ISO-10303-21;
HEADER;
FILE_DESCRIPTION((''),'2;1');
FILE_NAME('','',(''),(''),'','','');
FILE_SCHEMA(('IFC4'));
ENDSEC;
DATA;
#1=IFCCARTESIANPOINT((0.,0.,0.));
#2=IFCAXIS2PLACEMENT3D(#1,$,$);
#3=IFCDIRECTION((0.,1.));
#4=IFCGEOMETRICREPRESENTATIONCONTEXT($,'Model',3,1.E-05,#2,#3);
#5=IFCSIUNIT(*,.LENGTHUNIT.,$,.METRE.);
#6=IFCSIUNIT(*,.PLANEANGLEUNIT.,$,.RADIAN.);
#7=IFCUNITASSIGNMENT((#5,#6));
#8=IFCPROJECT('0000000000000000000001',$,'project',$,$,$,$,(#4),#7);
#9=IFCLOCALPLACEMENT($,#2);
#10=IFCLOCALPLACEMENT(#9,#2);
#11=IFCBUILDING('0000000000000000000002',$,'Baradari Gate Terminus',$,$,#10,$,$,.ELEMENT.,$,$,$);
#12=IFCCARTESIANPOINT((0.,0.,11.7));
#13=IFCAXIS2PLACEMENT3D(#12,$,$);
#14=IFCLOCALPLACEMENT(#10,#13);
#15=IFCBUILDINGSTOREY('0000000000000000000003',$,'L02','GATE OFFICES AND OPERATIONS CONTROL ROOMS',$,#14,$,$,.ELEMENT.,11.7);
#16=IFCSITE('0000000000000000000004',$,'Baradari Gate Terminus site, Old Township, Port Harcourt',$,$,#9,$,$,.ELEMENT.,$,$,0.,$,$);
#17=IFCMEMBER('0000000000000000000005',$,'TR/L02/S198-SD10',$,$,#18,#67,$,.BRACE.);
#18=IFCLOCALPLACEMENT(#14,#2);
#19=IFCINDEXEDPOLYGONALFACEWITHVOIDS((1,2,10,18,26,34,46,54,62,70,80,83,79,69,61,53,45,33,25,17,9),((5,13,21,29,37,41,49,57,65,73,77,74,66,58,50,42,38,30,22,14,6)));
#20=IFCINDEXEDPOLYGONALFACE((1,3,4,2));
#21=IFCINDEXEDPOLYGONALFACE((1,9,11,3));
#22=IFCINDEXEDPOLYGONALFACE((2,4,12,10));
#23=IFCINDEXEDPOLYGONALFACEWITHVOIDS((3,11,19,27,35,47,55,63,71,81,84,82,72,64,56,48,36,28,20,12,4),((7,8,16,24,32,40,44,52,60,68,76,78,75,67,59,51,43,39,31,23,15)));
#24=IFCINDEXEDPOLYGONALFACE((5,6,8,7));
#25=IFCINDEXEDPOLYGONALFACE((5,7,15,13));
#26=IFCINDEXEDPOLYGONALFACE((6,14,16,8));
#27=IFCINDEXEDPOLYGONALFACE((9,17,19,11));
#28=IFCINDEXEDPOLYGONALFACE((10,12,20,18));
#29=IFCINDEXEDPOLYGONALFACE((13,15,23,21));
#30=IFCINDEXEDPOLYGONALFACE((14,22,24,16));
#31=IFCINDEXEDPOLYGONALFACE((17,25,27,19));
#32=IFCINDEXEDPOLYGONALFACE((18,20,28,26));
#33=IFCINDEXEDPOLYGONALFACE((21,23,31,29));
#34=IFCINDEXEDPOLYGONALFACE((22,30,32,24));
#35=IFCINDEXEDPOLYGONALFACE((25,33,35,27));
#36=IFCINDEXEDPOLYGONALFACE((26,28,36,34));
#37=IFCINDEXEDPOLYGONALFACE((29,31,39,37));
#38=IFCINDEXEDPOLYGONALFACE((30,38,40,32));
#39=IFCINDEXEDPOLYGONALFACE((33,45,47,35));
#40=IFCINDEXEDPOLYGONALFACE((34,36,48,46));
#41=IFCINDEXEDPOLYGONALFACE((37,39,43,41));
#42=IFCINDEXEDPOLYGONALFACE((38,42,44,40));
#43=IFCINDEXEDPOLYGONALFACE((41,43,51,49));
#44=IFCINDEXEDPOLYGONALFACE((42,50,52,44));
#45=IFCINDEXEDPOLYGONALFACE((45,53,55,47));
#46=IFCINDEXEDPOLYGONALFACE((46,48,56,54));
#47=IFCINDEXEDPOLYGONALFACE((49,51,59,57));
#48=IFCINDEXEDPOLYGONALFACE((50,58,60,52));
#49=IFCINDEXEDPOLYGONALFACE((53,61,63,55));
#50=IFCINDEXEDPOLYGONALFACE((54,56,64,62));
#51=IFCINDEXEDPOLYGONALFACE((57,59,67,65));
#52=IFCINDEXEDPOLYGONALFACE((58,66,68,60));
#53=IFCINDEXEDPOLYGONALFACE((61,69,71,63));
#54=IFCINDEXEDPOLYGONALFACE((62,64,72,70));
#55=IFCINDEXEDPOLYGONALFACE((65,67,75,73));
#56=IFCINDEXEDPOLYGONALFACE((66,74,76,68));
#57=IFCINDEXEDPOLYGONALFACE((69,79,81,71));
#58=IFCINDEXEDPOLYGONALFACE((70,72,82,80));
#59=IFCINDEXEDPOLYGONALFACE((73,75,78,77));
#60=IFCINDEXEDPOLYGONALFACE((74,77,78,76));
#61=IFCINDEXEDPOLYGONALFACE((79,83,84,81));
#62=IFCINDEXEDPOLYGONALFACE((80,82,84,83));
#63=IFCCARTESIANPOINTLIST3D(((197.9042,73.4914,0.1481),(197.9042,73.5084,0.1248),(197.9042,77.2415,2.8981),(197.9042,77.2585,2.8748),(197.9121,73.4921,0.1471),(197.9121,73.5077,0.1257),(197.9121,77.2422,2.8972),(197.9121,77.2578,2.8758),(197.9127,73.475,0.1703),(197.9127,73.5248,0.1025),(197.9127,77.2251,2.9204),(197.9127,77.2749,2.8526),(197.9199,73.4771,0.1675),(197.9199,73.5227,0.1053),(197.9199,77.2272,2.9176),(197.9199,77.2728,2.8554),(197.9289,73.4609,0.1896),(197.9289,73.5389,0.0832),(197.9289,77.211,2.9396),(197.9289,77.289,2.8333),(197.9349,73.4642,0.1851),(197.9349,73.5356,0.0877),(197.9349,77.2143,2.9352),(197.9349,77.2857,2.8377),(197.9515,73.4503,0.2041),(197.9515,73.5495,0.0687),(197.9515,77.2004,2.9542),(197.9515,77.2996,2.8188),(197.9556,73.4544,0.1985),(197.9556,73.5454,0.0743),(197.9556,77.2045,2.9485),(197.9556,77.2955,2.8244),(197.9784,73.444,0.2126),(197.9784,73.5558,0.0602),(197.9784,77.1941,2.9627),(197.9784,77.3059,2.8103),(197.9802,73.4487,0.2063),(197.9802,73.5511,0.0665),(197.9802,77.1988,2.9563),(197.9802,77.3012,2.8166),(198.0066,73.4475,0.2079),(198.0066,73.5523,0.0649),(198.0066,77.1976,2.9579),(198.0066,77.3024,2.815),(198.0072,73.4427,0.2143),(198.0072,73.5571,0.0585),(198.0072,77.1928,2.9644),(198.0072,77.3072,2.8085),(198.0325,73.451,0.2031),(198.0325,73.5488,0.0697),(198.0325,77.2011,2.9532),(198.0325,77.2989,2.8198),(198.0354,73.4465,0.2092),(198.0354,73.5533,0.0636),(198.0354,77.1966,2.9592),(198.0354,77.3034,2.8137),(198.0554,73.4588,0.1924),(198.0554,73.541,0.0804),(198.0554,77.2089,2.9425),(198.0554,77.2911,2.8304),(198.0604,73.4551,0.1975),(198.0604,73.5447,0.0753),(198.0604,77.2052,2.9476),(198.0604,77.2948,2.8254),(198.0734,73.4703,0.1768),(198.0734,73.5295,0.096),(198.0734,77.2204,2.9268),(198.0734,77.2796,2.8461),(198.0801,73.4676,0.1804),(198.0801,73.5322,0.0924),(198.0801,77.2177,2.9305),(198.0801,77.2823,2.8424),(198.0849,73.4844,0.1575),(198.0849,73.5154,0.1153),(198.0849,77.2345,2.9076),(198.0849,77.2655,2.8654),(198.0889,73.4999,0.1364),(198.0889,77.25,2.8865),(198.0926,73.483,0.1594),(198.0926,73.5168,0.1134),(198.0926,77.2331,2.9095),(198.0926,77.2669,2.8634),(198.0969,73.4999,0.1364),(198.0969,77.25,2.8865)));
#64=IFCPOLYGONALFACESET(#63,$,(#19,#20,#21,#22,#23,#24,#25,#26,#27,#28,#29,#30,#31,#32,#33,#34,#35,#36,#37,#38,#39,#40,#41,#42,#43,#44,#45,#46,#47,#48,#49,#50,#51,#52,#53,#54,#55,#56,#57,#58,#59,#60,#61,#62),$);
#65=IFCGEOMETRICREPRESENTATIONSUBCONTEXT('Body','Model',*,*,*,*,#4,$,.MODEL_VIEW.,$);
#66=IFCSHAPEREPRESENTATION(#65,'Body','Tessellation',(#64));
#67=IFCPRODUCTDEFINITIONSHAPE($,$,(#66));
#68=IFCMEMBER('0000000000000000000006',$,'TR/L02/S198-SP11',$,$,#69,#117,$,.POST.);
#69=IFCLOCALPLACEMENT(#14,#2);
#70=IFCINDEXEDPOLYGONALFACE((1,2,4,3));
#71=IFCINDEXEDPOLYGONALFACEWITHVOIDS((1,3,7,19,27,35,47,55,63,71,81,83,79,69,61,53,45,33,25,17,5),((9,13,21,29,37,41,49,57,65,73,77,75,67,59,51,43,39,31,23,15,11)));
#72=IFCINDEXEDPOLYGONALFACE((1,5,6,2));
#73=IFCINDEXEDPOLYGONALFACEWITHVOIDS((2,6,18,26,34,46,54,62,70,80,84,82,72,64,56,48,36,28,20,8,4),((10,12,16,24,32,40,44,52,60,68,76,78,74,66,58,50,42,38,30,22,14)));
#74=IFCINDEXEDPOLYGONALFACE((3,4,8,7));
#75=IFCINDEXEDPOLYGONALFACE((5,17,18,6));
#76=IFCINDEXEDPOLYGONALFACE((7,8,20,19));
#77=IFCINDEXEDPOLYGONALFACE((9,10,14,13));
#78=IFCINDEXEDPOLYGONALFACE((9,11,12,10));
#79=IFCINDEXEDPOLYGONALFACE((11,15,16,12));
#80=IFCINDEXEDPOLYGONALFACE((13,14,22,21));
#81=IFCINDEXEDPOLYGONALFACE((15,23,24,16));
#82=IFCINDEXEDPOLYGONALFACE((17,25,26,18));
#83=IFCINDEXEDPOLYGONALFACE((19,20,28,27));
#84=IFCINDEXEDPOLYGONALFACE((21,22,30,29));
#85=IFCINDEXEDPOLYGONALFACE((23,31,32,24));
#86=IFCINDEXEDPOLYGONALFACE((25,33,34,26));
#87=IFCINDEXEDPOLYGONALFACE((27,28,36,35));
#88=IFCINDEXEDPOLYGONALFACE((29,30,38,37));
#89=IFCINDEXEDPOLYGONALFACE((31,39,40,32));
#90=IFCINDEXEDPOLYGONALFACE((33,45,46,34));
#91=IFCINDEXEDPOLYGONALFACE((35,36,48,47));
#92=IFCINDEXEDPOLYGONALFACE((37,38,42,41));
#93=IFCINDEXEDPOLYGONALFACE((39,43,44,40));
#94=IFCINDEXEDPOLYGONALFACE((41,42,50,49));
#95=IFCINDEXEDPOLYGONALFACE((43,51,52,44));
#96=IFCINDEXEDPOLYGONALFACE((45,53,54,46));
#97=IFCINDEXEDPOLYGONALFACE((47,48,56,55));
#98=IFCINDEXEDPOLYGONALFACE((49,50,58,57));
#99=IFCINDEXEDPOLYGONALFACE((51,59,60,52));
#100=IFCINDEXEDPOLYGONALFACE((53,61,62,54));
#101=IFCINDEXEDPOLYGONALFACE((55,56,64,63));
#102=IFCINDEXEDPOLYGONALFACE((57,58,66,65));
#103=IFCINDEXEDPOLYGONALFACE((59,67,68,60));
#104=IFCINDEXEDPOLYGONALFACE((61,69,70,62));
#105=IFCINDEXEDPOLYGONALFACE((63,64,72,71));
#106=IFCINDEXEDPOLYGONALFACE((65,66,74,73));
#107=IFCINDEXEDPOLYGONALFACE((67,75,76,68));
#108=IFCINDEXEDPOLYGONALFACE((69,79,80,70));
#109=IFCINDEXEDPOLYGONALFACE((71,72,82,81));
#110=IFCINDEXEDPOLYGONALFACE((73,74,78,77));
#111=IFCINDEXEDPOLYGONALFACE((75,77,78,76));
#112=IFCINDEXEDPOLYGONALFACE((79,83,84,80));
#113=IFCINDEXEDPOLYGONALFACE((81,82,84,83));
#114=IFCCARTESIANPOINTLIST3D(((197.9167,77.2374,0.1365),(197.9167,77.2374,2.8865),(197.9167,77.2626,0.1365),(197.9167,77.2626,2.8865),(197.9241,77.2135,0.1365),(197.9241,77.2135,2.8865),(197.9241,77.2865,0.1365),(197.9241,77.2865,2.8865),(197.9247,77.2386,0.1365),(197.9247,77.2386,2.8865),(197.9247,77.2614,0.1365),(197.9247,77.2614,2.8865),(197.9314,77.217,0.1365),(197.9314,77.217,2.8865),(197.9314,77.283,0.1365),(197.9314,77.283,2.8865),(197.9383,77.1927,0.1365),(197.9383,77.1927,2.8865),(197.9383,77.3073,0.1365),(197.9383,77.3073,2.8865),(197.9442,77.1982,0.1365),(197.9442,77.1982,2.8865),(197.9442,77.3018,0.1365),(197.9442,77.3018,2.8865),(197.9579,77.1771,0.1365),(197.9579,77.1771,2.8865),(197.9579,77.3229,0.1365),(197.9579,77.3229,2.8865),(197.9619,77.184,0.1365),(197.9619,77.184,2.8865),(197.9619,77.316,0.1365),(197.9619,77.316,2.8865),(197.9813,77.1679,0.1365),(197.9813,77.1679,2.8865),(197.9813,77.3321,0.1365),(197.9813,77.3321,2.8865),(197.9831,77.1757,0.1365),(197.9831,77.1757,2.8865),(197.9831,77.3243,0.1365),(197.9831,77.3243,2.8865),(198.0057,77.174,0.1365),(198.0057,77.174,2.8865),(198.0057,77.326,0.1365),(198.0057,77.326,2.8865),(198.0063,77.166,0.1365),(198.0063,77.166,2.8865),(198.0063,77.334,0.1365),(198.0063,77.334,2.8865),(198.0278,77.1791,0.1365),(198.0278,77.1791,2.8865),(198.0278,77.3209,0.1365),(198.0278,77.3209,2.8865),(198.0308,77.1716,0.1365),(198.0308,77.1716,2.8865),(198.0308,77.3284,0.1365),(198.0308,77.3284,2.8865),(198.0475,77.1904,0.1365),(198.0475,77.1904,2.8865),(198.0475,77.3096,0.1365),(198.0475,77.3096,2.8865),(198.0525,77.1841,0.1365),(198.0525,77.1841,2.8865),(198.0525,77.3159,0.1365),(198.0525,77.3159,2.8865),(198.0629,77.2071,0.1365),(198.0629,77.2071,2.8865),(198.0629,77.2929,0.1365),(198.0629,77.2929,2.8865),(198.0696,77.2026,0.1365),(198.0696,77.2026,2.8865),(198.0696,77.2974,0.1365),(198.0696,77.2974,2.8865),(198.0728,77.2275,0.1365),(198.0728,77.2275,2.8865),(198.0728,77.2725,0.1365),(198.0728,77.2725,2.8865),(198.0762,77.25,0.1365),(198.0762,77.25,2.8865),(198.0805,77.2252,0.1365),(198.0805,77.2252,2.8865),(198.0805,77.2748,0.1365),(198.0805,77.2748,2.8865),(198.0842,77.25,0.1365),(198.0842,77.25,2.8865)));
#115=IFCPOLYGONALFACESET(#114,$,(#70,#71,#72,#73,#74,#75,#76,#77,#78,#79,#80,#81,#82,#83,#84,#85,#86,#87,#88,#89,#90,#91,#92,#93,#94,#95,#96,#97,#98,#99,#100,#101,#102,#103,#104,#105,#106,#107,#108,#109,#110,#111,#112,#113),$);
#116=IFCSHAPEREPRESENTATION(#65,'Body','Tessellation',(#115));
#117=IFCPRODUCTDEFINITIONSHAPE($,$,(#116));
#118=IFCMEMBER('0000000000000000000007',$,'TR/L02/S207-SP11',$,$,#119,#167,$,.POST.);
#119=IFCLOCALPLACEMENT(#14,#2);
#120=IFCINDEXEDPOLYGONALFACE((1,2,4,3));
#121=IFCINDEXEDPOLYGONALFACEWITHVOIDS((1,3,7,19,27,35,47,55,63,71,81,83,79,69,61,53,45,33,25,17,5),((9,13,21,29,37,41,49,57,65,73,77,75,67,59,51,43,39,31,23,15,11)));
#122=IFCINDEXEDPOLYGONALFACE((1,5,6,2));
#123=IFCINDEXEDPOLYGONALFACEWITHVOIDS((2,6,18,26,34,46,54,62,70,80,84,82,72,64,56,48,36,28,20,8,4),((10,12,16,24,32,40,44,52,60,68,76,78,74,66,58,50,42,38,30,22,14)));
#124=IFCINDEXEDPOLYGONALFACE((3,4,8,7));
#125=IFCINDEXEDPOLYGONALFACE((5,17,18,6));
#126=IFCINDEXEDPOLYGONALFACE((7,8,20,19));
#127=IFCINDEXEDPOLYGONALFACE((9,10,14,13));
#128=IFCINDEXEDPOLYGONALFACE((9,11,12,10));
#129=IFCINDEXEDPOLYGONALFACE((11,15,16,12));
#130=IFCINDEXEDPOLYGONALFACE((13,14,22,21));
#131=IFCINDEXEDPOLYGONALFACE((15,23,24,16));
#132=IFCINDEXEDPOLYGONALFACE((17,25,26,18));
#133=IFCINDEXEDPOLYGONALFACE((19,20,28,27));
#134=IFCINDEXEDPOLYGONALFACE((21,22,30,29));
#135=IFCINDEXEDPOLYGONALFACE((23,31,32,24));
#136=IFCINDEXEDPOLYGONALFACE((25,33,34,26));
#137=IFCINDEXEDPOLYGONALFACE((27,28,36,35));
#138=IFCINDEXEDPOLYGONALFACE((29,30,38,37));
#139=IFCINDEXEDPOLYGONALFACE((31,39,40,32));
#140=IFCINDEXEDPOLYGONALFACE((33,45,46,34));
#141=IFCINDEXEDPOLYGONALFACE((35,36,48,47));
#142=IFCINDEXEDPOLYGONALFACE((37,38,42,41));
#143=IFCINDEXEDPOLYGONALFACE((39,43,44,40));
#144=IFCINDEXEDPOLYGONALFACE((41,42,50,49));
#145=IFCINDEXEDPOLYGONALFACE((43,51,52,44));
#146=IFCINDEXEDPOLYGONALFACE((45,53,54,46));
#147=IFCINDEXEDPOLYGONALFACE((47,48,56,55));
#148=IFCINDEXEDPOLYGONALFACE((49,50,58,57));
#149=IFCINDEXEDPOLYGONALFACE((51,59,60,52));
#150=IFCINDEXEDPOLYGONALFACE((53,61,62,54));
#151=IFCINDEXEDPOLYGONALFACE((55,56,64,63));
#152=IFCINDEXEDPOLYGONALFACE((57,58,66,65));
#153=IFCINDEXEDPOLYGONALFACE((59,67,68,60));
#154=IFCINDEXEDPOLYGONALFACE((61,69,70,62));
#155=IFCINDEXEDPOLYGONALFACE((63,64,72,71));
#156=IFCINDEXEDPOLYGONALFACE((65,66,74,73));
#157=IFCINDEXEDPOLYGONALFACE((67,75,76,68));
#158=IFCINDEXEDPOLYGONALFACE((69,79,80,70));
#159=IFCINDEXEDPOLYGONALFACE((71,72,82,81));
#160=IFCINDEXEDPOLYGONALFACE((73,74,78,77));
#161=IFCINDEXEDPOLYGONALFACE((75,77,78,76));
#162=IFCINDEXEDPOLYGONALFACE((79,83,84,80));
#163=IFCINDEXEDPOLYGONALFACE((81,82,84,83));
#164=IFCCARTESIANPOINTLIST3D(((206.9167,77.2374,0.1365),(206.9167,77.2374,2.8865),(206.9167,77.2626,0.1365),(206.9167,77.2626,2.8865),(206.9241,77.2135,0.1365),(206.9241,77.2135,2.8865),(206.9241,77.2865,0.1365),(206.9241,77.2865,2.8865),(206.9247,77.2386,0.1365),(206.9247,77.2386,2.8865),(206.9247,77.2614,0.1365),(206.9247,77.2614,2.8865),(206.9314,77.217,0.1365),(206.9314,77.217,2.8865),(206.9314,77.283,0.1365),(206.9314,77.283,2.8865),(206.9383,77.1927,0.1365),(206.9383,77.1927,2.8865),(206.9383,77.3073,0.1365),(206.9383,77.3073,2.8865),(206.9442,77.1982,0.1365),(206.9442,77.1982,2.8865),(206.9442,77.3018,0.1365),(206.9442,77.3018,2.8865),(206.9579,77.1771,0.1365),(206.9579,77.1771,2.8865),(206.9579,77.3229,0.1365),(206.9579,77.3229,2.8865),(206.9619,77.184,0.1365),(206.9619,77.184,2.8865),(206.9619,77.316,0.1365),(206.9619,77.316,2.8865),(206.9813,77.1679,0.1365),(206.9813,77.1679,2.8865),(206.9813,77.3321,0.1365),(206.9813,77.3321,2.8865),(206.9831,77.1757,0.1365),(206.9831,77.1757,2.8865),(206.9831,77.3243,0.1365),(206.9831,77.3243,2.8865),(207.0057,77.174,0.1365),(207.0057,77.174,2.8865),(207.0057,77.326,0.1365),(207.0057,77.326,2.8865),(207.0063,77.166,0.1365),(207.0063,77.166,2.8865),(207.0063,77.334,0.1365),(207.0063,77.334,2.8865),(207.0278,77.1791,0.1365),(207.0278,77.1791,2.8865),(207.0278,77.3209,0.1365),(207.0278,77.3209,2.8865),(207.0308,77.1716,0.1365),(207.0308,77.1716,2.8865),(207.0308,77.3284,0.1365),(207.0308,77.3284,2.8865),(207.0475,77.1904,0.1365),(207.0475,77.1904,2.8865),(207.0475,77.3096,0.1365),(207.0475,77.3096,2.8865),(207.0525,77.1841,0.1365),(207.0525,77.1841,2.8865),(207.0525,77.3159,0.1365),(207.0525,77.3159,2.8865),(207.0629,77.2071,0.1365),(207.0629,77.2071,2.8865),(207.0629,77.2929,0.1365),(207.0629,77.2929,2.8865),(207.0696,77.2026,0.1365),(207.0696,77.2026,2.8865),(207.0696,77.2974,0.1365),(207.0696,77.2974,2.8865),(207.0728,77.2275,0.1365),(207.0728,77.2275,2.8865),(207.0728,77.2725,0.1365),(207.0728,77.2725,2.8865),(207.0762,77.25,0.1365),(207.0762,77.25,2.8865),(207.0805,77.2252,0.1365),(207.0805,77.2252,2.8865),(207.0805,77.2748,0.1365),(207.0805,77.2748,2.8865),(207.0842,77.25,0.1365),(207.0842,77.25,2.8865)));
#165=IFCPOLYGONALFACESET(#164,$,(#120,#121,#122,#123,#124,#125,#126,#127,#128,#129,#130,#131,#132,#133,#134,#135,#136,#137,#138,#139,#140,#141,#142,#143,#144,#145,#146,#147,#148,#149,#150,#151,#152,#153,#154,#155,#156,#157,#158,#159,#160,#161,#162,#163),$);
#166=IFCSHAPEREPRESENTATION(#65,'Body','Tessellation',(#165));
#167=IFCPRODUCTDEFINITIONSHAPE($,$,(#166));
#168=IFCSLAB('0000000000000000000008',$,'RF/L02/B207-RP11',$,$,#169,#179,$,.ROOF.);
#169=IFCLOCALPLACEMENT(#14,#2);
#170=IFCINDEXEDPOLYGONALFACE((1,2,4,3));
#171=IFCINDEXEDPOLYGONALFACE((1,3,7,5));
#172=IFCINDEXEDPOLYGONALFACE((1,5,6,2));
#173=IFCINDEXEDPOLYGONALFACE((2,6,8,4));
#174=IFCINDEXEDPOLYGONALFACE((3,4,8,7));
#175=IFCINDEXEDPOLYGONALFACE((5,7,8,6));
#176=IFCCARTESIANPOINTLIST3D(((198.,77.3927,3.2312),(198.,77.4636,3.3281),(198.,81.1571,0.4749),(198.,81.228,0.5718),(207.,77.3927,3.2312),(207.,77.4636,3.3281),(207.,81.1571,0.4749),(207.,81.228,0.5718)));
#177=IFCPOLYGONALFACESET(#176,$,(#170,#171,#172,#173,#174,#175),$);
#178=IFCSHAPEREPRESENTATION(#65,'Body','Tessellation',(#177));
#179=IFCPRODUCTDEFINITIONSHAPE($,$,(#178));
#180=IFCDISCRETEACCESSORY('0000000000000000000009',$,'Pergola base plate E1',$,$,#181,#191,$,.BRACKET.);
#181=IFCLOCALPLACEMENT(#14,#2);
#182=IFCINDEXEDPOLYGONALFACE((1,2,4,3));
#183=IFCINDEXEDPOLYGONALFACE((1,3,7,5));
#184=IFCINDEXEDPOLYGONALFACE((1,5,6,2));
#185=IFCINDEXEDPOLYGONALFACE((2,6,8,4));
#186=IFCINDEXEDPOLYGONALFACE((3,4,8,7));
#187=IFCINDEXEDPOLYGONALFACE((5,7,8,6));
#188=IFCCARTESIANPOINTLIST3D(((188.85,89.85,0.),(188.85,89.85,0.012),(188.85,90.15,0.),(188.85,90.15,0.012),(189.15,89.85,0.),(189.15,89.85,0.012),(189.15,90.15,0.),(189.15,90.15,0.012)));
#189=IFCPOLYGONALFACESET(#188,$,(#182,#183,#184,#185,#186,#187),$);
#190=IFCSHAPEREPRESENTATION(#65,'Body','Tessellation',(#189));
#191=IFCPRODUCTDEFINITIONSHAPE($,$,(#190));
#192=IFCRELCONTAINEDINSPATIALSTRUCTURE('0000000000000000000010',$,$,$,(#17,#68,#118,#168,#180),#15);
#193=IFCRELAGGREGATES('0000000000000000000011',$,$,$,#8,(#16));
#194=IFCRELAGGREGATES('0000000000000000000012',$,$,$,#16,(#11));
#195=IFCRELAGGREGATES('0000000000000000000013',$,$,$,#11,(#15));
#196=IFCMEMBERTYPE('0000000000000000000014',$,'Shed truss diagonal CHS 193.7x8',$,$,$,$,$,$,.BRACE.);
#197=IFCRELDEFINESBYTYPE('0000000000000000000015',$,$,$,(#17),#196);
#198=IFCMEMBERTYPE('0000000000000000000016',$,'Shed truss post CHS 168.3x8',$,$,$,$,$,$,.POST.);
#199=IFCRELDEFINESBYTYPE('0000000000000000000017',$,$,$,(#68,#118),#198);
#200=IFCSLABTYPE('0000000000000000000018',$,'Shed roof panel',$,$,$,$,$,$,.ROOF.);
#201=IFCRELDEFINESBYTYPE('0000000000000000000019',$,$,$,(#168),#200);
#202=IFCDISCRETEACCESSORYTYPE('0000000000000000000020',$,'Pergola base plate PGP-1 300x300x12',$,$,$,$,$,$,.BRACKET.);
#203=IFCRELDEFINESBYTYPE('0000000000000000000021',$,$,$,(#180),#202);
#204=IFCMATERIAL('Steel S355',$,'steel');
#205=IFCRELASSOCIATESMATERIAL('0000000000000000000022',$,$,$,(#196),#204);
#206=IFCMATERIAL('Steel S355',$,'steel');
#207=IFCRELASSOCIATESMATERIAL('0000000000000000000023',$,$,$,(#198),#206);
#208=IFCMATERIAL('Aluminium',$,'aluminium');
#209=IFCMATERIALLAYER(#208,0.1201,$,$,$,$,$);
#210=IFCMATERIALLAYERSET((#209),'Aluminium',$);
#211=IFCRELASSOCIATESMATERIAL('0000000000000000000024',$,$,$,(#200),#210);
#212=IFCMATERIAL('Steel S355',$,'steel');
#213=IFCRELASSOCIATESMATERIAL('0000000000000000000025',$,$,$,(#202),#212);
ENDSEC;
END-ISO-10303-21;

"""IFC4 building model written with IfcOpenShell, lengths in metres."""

from ifc_helpers import new_model, si_unit, direction, frame, origin, origin_2d, place, context, subcontext, project, spatial, polyline, rectangle, hollow_circle, outline, extrude, material, layer, layer_set, material_profile, profile_set, type_object, element, save


model = new_model("IFC4")

# Units and contexts
model_context = context("Model", 3, precision=1e-05, world=origin(), true_north=direction((0.0, 1.0)))
body_context = subcontext(model_context, "Body", "Model", "MODEL_VIEW")
ifc_project = project(units=[si_unit("LENGTHUNIT", "METRE"), si_unit("PLANEANGLEUNIT", "RADIAN")], contexts=[model_context])

# Site, building, storey
site_placement = place(None, origin())
site = spatial("IfcSite", under=ifc_project, at=site_placement, Name="Baradari Gate Terminus site, Old Township, Port Harcourt", CompositionType="ELEMENT", RefElevation=0.0)
building_placement = place(site_placement, origin())
building = spatial("IfcBuilding", under=site, at=building_placement, Name="Baradari Gate Terminus", CompositionType="ELEMENT")
storey_placement = place(building_placement, frame((0.0, 0.0, 11.7)))
storey = spatial("IfcBuildingStorey", under=building, at=storey_placement, Name="L02", Description="GATE OFFICES AND OPERATIONS CONTROL ROOMS", CompositionType="ELEMENT", Elevation=11.7)

# Members
ifc_material_1 = material(Name="Steel S355", Category="steel")
ifc_material_profile_1 = material_profile(ifc_material_1, hollow_circle(Radius=0.0969, WallThickness=0.0081, at=origin_2d()), Name="CHS 193.7x8")
ifc_profile_set_1 = profile_set([ifc_material_profile_1], Name="Steel S355")
member_type_1 = type_object("IfcMemberType", Name="Shed truss diagonal CHS 193.7x8", PredefinedType="BRACE", material=ifc_profile_set_1)
member_placement = place(storey_placement, frame((198.0, 77.25, 2.8865), z_axis=(0.0, -0.806405, -0.591364), x_axis=(1.0, 0.0, 0.0)))
element("IfcMember", 1, at=member_placement, inside=storey, type_object=member_type_1, Name="TR/L02/S198-SD10", PredefinedType="BRACE", context=body_context, shape_type="SweptSolid", body=[
    extrude(hollow_circle(Radius=0.0969, WallThickness=0.0081, at=origin_2d()), origin(), (0.0, 0.0, 1.0), 4.6504),
])
ifc_material_2 = material(Name="Steel S355", Category="steel")
ifc_material_profile_2 = material_profile(ifc_material_2, hollow_circle(Radius=0.0842, WallThickness=0.0081, at=origin_2d()), Name="CHS 168.3x8")
ifc_profile_set_2 = profile_set([ifc_material_profile_2], Name="Steel S355")
member_type_2 = type_object("IfcMemberType", Name="Shed truss post CHS 168.3x8", PredefinedType="POST", material=ifc_profile_set_2)
for number, where, z_axis, x_axis, name in (
    (2, (198.0, 77.25, 0.1365), (0.0, 0.0, 1.0), (1.0, 0.0, 0.0), "TR/L02/S198-SP11"),
    (3, (207.0, 77.25, 0.1365), (0.0, 0.0, 1.0), (1.0, 0.0, 0.0), "TR/L02/S207-SP11"),
):
    element("IfcMember", number, at=place(storey_placement, frame(where, z_axis=z_axis, x_axis=x_axis)), inside=storey, type_object=member_type_2, Name=name, PredefinedType="POST", context=body_context, shape_type="SweptSolid", body=[
        extrude(hollow_circle(Radius=0.0842, WallThickness=0.0081, at=origin_2d()), origin(), (0.0, 0.0, 1.0), 2.75),
    ])

# Slab
ifc_material_3 = material(Name="Aluminium", Category="aluminium")
ifc_layer = layer(ifc_material_3, 0.1201)
ifc_layer_set = layer_set([ifc_layer], Name="Aluminium")
slab_type = type_object("IfcSlabType", Name="Shed roof panel", PredefinedType="ROOF", material=ifc_layer_set)
slab_placement = place(storey_placement, frame((198.0, 77.4636, 3.3281), z_axis=(0.0, 0.590776, 0.806836), x_axis=(1.0, 0.0, 0.0)))
element("IfcSlab", 4, at=slab_placement, inside=storey, type_object=slab_type, Name="RF/L02/B207-RP11", PredefinedType="ROOF", context=body_context, shape_type="SweptSolid", body=[
    extrude(outline(polyline([(0.0, 0.0), (9.0, 0.0), (9.0, 4.6656), (0.0, 4.6656), (0.0, 0.0)])), origin(), (0.0, 0.0, -1.0), 0.1201),
])

# Discrete accessory
ifc_material_4 = material(Name="Steel S355", Category="steel")
discrete_accessory_type = type_object("IfcDiscreteAccessoryType", Name="Pergola base plate PGP-1 300x300x12", PredefinedType="BRACKET", material=ifc_material_4)
for number, where, z_axis, x_axis, name in (
    (5, (189.0, 90.0, 0.0), (0.0, 0.0, 1.0), (1.0, 0.0, 0.0), "Pergola base plate E1"),
):
    element("IfcDiscreteAccessory", number, at=place(storey_placement, frame(where, z_axis=z_axis, x_axis=x_axis)), inside=storey, type_object=discrete_accessory_type, Name=name, PredefinedType="BRACKET", context=body_context, shape_type="SweptSolid", body=[
        extrude(rectangle(XDim=0.3, YDim=0.3, at=origin_2d()), origin(), (0.0, 0.0, 1.0), 0.012),
    ])

save(model, "model.ifc")
